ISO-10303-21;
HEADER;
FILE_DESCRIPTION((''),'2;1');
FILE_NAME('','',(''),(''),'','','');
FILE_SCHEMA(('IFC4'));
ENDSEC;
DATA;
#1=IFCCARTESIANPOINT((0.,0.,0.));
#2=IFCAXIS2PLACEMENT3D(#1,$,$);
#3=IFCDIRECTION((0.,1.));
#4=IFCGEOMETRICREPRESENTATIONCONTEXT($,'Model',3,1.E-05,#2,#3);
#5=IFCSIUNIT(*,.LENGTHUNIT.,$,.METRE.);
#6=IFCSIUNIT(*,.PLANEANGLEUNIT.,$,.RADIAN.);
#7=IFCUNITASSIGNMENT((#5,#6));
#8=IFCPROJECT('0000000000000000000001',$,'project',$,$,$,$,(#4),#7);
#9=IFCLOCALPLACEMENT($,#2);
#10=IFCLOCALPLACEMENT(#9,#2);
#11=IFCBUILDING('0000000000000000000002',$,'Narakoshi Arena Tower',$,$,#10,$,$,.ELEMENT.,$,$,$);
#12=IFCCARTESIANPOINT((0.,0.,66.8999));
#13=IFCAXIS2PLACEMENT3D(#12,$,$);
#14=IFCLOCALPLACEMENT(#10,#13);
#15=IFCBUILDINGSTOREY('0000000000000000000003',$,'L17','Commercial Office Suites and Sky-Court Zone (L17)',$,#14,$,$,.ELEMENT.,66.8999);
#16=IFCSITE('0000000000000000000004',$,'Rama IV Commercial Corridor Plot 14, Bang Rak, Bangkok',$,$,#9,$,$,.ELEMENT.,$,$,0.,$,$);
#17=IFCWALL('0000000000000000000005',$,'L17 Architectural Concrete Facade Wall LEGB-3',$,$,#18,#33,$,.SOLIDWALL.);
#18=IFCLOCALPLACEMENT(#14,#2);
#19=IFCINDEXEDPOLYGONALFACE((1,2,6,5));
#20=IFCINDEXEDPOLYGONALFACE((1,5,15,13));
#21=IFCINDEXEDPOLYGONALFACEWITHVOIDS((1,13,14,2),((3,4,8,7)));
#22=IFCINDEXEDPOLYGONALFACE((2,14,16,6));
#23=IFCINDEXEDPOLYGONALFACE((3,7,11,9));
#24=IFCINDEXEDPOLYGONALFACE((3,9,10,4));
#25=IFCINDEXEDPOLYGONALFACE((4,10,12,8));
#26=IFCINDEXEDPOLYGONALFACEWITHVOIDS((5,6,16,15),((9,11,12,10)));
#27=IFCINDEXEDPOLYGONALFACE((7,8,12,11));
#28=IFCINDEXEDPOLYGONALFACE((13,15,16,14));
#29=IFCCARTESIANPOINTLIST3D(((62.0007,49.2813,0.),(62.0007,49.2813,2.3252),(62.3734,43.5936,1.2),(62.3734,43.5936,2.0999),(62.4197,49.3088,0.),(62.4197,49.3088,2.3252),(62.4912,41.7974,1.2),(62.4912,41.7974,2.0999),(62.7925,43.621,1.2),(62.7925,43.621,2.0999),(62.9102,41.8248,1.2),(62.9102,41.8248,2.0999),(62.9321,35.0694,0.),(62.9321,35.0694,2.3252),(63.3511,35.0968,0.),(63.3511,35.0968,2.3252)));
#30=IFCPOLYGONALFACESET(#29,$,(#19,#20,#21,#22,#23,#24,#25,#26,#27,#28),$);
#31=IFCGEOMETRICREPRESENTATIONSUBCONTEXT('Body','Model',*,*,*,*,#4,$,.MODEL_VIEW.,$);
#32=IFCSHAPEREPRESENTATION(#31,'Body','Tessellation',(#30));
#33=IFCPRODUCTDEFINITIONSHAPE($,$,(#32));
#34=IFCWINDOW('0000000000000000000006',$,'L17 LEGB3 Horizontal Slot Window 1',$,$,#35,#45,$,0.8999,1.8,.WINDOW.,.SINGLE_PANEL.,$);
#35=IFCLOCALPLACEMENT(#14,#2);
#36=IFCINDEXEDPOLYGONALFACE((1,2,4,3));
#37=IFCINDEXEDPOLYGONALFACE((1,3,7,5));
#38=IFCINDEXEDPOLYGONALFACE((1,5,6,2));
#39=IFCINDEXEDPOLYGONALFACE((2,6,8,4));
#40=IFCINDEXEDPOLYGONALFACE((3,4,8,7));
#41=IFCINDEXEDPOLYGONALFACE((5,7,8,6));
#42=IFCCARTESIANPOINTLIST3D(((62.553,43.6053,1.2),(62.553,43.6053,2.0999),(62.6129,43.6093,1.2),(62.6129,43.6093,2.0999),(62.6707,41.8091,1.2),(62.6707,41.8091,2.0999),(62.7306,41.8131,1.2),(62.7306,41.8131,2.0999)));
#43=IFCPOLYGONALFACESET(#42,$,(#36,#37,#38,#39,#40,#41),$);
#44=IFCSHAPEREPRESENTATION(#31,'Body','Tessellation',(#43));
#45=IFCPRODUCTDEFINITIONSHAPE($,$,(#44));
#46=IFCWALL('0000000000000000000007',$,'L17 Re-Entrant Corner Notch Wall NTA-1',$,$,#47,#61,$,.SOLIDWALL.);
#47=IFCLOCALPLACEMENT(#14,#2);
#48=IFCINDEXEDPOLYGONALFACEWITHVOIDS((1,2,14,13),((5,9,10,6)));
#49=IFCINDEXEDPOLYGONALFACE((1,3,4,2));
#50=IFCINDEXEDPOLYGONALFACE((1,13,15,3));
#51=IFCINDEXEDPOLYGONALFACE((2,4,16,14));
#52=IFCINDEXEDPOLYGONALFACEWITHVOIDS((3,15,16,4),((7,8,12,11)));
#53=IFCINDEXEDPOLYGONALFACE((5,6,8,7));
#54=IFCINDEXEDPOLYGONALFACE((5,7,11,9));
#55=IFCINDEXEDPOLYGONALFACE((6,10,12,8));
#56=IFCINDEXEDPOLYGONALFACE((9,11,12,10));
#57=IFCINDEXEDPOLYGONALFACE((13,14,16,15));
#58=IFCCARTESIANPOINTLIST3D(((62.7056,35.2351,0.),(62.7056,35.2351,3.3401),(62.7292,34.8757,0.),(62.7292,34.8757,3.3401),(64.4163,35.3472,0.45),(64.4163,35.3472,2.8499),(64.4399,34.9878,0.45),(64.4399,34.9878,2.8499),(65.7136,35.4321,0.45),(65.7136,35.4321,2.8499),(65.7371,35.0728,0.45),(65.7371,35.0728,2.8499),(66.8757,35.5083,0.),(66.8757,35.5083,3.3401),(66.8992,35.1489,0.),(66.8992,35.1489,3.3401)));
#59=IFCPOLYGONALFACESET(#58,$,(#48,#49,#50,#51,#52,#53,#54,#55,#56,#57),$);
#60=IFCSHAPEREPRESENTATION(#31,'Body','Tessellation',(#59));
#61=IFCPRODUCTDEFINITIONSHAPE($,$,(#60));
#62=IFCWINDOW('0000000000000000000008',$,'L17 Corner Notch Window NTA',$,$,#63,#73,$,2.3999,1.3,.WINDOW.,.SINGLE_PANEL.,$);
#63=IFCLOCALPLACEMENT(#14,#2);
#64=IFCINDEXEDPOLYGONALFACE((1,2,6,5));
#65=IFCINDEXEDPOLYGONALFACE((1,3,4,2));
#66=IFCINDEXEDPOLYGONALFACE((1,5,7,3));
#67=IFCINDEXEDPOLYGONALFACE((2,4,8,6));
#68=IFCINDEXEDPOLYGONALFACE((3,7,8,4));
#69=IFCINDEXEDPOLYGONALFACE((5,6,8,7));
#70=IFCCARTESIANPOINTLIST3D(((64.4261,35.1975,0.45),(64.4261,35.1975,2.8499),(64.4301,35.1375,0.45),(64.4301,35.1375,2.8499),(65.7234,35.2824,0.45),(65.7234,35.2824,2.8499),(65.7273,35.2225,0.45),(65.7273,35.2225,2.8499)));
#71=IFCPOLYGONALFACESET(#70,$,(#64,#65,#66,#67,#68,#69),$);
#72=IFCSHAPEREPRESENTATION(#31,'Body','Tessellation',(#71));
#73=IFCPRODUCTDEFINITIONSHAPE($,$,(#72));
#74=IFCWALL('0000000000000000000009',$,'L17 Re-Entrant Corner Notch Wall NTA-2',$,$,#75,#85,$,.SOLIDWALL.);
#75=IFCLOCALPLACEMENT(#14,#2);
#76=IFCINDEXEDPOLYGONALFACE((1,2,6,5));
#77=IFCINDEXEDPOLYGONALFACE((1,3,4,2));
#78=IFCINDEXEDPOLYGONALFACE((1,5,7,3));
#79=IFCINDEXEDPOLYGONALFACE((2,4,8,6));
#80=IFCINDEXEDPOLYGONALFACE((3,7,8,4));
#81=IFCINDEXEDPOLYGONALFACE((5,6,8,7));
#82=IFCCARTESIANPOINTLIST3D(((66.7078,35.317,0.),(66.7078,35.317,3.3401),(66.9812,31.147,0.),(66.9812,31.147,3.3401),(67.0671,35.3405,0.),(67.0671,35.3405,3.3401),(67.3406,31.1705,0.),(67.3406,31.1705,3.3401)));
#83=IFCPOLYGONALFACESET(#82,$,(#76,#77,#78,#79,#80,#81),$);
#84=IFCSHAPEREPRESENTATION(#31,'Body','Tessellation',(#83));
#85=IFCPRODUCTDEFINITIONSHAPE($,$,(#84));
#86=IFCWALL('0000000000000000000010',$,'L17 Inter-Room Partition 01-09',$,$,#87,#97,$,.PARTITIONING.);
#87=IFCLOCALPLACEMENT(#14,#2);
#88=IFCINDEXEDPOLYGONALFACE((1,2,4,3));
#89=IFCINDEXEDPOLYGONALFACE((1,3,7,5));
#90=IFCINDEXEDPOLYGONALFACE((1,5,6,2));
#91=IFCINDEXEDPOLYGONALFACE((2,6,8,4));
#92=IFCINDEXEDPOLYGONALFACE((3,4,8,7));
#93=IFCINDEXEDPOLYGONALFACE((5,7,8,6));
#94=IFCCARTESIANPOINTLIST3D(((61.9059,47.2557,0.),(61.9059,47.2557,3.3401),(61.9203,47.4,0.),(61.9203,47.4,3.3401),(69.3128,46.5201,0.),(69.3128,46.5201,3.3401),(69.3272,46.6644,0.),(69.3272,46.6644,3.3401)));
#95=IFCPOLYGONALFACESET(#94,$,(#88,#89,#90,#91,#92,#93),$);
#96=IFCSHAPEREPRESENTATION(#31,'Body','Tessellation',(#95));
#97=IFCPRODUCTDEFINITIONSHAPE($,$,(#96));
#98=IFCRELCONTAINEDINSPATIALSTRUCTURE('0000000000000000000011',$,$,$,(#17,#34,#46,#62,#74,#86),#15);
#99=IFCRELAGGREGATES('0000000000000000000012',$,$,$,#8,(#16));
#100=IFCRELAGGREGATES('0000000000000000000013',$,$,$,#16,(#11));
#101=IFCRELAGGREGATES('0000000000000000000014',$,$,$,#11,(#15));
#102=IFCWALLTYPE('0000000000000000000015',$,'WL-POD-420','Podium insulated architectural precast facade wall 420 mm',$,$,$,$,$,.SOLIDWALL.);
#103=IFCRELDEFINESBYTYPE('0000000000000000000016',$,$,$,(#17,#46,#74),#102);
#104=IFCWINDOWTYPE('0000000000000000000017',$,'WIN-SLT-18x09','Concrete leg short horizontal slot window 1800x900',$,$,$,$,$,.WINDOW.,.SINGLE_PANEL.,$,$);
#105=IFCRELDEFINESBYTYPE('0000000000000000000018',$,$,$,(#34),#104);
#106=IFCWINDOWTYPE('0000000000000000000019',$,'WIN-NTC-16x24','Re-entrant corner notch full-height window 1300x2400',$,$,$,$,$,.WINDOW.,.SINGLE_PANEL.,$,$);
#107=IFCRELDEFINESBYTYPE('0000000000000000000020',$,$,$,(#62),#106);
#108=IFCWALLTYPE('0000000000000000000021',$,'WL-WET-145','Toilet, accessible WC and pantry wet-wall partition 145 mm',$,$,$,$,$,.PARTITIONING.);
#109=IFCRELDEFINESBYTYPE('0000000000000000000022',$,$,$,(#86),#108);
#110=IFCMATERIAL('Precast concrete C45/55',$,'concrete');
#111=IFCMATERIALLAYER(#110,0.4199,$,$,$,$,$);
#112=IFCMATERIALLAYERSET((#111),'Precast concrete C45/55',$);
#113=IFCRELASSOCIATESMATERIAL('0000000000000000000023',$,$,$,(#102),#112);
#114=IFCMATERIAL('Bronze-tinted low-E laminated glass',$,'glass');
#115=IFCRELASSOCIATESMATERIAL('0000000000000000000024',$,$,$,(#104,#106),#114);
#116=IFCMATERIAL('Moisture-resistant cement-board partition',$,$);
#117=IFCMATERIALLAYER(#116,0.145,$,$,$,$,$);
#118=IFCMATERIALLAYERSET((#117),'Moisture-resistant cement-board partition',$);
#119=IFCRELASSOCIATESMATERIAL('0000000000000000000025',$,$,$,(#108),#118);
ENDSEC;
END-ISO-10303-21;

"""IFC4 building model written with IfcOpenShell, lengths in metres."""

from ifc_helpers import new_model, si_unit, direction, frame, frame_2d, origin, place, context, subcontext, project, spatial, rectangle, extrude, material, layer, layer_set, type_object, element, fill, save


model = new_model("IFC4")

# Units and contexts
model_context = context("Model", 3, precision=1e-05, world=origin(), true_north=direction((0.0, 1.0)))
body_context = subcontext(model_context, "Body", "Model", "MODEL_VIEW")
ifc_project = project(units=[si_unit("LENGTHUNIT", "METRE"), si_unit("PLANEANGLEUNIT", "RADIAN")], contexts=[model_context])

# Site, building, storey
site_placement = place(None, origin())
site = spatial("IfcSite", under=ifc_project, at=site_placement, Name="Rama IV Commercial Corridor Plot 14, Bang Rak, Bangkok", CompositionType="ELEMENT", RefElevation=0.0)
building_placement = place(site_placement, origin())
building = spatial("IfcBuilding", under=site, at=building_placement, Name="Narakoshi Arena Tower", CompositionType="ELEMENT")
storey_placement = place(building_placement, frame((0.0, 0.0, 66.8999)))
storey = spatial("IfcBuildingStorey", under=building, at=storey_placement, Name="L17", Description="Commercial Office Suites and Sky-Court Zone (L17)", CompositionType="ELEMENT", Elevation=66.8999)

# Walls, openings, windows
ifc_material_1 = material(Name="Precast concrete C45/55", Category="concrete")
ifc_layer_1 = layer(ifc_material_1, 0.4199)
ifc_layer_set_1 = layer_set([ifc_layer_1], Name="Precast concrete C45/55")
wall_type_1 = type_object("IfcWallType", Name="WL-POD-420", Description="Podium insulated architectural precast facade wall 420 mm", PredefinedType="SOLIDWALL", material=ifc_layer_set_1)
ifc_material_2 = material(Name="Bronze-tinted low-E laminated glass", Category="glass")
wall_1_placement = place(storey_placement, frame((62.2102, 49.2949, 0.0), z_axis=(0.0, 0.0, 1.0), x_axis=(0.065396, -0.997859, 0.0)))
wall_1 = element("IfcWall", 1, at=wall_1_placement, inside=storey, type_object=wall_type_1, Name="L17 Architectural Concrete Facade Wall LEGB-3", PredefinedType="SOLIDWALL", context=body_context, shape_type="SweptSolid", body=[
    extrude(rectangle(XDim=14.2424, YDim=0.4199, at=frame_2d((7.1211, 0.0))), origin(), (0.0, 0.0, 1.0), 2.3252),
])
opening_1_placement = place(wall_1_placement, frame((5.7, 0.0, 1.2)))
opening_1 = element("IfcOpeningElement", 2, at=opening_1_placement, cuts=wall_1, PredefinedType="OPENING", context=body_context, shape_type="SweptSolid", body=[
    extrude(rectangle(XDim=1.8, YDim=0.8999, at=frame_2d((0.8999, 0.45))), frame((0.0, 0.22, 0.0), z_axis=(0.0, -1.0, 0.0), x_axis=(1.0, 0.0, 0.0)), (0.0, 0.0, 1.0), 0.4399),
])
window_type_1 = type_object("IfcWindowType", Name="WIN-SLT-18x09", Description="Concrete leg short horizontal slot window 1800x900", PartitioningType="SINGLE_PANEL", PredefinedType="WINDOW", material=ifc_material_2)
window_1_placement = place(opening_1_placement, origin())
window_1 = element("IfcWindow", 3, at=window_1_placement, inside=storey, type_object=window_type_1, Name="L17 LEGB3 Horizontal Slot Window 1", OverallHeight=0.8999, OverallWidth=1.8, PartitioningType="SINGLE_PANEL", PredefinedType="WINDOW", context=body_context, shape_type="SweptSolid", body=[
    extrude(rectangle(XDim=1.8, YDim=0.8999, at=frame_2d((0.8999, 0.45))), frame((0.0, 0.03, 0.0), z_axis=(0.0, -1.0, 0.0), x_axis=(1.0, 0.0, 0.0)), (0.0, 0.0, 1.0), 0.0601),
])
fill(opening_1, window_1)
wall_2_placement = place(storey_placement, frame((62.7175, 35.0554, 0.0), z_axis=(0.0, 0.0, 1.0), x_axis=(0.997861, 0.065375, 0.0)))
wall_2 = element("IfcWall", 4, at=wall_2_placement, inside=storey, type_object=wall_type_1, Name="L17 Re-Entrant Corner Notch Wall NTA-1", PredefinedType="SOLIDWALL", context=body_context, shape_type="SweptSolid", body=[
    extrude(rectangle(XDim=4.179, YDim=0.3601, at=frame_2d((2.0894, 0.0))), origin(), (0.0, 0.0, 1.0), 3.3401),
])
opening_2_placement = place(wall_2_placement, frame((1.7144, 0.0, 0.45)))
opening_2 = element("IfcOpeningElement", 5, at=opening_2_placement, cuts=wall_2, PredefinedType="OPENING", context=body_context, shape_type="SweptSolid", body=[
    extrude(rectangle(XDim=1.3, YDim=2.3999, at=frame_2d((0.6499, 1.2))), frame((0.0, 0.1899, 0.0), z_axis=(0.0, -1.0, 0.0), x_axis=(1.0, 0.0, 0.0)), (0.0, 0.0, 1.0), 0.3801),
])
window_type_2 = type_object("IfcWindowType", Name="WIN-NTC-16x24", Description="Re-entrant corner notch full-height window 1300x2400", PartitioningType="SINGLE_PANEL", PredefinedType="WINDOW", material=ifc_material_2)
window_2_placement = place(opening_2_placement, origin())
window_2 = element("IfcWindow", 6, at=window_2_placement, inside=storey, type_object=window_type_2, Name="L17 Corner Notch Window NTA", OverallHeight=2.3999, OverallWidth=1.3, PartitioningType="SINGLE_PANEL", PredefinedType="WINDOW", context=body_context, shape_type="SweptSolid", body=[
    extrude(rectangle(XDim=1.3, YDim=2.3999, at=frame_2d((0.6499, 1.2))), frame((0.0, 0.03, 0.0), z_axis=(0.0, -1.0, 0.0), x_axis=(1.0, 0.0, 0.0)), (0.0, 0.0, 1.0), 0.0601),
])
fill(opening_2, window_2)

# Walls
wall_3_placement = place(storey_placement, frame((66.8875, 35.3286, 0.0), z_axis=(0.0, 0.0, 1.0), x_axis=(0.065433, -0.997857, 0.0)))
element("IfcWall", 7, at=wall_3_placement, inside=storey, type_object=wall_type_1, Name="L17 Re-Entrant Corner Notch Wall NTA-2", PredefinedType="SOLIDWALL", context=body_context, shape_type="SweptSolid", body=[
    extrude(rectangle(XDim=4.179, YDim=0.3601, at=frame_2d((2.0894, 0.0))), origin(), (0.0, 0.0, 1.0), 3.3401),
])
ifc_material_3 = material(Name="Moisture-resistant cement-board partition")
ifc_layer_2 = layer(ifc_material_3, 0.145)
ifc_layer_set_2 = layer_set([ifc_layer_2], Name="Moisture-resistant cement-board partition")
wall_type_2 = type_object("IfcWallType", Name="WL-WET-145", Description="Toilet, accessible WC and pantry wet-wall partition 145 mm", PredefinedType="PARTITIONING", material=ifc_layer_set_2)
wall_4_placement = place(storey_placement, frame((61.9131, 47.3279, 0.0), z_axis=(0.0, 0.0, 1.0), x_axis=(0.995105, -0.098825, 0.0)))
element("IfcWall", 8, at=wall_4_placement, inside=storey, type_object=wall_type_2, Name="L17 Inter-Room Partition 01-09", PredefinedType="PARTITIONING", context=body_context, shape_type="SweptSolid", body=[
    extrude(rectangle(XDim=7.4434, YDim=0.145, at=frame_2d((3.7217, 0.0))), origin(), (0.0, 0.0, 1.0), 3.3401),
])

save(model, "model.ifc")
